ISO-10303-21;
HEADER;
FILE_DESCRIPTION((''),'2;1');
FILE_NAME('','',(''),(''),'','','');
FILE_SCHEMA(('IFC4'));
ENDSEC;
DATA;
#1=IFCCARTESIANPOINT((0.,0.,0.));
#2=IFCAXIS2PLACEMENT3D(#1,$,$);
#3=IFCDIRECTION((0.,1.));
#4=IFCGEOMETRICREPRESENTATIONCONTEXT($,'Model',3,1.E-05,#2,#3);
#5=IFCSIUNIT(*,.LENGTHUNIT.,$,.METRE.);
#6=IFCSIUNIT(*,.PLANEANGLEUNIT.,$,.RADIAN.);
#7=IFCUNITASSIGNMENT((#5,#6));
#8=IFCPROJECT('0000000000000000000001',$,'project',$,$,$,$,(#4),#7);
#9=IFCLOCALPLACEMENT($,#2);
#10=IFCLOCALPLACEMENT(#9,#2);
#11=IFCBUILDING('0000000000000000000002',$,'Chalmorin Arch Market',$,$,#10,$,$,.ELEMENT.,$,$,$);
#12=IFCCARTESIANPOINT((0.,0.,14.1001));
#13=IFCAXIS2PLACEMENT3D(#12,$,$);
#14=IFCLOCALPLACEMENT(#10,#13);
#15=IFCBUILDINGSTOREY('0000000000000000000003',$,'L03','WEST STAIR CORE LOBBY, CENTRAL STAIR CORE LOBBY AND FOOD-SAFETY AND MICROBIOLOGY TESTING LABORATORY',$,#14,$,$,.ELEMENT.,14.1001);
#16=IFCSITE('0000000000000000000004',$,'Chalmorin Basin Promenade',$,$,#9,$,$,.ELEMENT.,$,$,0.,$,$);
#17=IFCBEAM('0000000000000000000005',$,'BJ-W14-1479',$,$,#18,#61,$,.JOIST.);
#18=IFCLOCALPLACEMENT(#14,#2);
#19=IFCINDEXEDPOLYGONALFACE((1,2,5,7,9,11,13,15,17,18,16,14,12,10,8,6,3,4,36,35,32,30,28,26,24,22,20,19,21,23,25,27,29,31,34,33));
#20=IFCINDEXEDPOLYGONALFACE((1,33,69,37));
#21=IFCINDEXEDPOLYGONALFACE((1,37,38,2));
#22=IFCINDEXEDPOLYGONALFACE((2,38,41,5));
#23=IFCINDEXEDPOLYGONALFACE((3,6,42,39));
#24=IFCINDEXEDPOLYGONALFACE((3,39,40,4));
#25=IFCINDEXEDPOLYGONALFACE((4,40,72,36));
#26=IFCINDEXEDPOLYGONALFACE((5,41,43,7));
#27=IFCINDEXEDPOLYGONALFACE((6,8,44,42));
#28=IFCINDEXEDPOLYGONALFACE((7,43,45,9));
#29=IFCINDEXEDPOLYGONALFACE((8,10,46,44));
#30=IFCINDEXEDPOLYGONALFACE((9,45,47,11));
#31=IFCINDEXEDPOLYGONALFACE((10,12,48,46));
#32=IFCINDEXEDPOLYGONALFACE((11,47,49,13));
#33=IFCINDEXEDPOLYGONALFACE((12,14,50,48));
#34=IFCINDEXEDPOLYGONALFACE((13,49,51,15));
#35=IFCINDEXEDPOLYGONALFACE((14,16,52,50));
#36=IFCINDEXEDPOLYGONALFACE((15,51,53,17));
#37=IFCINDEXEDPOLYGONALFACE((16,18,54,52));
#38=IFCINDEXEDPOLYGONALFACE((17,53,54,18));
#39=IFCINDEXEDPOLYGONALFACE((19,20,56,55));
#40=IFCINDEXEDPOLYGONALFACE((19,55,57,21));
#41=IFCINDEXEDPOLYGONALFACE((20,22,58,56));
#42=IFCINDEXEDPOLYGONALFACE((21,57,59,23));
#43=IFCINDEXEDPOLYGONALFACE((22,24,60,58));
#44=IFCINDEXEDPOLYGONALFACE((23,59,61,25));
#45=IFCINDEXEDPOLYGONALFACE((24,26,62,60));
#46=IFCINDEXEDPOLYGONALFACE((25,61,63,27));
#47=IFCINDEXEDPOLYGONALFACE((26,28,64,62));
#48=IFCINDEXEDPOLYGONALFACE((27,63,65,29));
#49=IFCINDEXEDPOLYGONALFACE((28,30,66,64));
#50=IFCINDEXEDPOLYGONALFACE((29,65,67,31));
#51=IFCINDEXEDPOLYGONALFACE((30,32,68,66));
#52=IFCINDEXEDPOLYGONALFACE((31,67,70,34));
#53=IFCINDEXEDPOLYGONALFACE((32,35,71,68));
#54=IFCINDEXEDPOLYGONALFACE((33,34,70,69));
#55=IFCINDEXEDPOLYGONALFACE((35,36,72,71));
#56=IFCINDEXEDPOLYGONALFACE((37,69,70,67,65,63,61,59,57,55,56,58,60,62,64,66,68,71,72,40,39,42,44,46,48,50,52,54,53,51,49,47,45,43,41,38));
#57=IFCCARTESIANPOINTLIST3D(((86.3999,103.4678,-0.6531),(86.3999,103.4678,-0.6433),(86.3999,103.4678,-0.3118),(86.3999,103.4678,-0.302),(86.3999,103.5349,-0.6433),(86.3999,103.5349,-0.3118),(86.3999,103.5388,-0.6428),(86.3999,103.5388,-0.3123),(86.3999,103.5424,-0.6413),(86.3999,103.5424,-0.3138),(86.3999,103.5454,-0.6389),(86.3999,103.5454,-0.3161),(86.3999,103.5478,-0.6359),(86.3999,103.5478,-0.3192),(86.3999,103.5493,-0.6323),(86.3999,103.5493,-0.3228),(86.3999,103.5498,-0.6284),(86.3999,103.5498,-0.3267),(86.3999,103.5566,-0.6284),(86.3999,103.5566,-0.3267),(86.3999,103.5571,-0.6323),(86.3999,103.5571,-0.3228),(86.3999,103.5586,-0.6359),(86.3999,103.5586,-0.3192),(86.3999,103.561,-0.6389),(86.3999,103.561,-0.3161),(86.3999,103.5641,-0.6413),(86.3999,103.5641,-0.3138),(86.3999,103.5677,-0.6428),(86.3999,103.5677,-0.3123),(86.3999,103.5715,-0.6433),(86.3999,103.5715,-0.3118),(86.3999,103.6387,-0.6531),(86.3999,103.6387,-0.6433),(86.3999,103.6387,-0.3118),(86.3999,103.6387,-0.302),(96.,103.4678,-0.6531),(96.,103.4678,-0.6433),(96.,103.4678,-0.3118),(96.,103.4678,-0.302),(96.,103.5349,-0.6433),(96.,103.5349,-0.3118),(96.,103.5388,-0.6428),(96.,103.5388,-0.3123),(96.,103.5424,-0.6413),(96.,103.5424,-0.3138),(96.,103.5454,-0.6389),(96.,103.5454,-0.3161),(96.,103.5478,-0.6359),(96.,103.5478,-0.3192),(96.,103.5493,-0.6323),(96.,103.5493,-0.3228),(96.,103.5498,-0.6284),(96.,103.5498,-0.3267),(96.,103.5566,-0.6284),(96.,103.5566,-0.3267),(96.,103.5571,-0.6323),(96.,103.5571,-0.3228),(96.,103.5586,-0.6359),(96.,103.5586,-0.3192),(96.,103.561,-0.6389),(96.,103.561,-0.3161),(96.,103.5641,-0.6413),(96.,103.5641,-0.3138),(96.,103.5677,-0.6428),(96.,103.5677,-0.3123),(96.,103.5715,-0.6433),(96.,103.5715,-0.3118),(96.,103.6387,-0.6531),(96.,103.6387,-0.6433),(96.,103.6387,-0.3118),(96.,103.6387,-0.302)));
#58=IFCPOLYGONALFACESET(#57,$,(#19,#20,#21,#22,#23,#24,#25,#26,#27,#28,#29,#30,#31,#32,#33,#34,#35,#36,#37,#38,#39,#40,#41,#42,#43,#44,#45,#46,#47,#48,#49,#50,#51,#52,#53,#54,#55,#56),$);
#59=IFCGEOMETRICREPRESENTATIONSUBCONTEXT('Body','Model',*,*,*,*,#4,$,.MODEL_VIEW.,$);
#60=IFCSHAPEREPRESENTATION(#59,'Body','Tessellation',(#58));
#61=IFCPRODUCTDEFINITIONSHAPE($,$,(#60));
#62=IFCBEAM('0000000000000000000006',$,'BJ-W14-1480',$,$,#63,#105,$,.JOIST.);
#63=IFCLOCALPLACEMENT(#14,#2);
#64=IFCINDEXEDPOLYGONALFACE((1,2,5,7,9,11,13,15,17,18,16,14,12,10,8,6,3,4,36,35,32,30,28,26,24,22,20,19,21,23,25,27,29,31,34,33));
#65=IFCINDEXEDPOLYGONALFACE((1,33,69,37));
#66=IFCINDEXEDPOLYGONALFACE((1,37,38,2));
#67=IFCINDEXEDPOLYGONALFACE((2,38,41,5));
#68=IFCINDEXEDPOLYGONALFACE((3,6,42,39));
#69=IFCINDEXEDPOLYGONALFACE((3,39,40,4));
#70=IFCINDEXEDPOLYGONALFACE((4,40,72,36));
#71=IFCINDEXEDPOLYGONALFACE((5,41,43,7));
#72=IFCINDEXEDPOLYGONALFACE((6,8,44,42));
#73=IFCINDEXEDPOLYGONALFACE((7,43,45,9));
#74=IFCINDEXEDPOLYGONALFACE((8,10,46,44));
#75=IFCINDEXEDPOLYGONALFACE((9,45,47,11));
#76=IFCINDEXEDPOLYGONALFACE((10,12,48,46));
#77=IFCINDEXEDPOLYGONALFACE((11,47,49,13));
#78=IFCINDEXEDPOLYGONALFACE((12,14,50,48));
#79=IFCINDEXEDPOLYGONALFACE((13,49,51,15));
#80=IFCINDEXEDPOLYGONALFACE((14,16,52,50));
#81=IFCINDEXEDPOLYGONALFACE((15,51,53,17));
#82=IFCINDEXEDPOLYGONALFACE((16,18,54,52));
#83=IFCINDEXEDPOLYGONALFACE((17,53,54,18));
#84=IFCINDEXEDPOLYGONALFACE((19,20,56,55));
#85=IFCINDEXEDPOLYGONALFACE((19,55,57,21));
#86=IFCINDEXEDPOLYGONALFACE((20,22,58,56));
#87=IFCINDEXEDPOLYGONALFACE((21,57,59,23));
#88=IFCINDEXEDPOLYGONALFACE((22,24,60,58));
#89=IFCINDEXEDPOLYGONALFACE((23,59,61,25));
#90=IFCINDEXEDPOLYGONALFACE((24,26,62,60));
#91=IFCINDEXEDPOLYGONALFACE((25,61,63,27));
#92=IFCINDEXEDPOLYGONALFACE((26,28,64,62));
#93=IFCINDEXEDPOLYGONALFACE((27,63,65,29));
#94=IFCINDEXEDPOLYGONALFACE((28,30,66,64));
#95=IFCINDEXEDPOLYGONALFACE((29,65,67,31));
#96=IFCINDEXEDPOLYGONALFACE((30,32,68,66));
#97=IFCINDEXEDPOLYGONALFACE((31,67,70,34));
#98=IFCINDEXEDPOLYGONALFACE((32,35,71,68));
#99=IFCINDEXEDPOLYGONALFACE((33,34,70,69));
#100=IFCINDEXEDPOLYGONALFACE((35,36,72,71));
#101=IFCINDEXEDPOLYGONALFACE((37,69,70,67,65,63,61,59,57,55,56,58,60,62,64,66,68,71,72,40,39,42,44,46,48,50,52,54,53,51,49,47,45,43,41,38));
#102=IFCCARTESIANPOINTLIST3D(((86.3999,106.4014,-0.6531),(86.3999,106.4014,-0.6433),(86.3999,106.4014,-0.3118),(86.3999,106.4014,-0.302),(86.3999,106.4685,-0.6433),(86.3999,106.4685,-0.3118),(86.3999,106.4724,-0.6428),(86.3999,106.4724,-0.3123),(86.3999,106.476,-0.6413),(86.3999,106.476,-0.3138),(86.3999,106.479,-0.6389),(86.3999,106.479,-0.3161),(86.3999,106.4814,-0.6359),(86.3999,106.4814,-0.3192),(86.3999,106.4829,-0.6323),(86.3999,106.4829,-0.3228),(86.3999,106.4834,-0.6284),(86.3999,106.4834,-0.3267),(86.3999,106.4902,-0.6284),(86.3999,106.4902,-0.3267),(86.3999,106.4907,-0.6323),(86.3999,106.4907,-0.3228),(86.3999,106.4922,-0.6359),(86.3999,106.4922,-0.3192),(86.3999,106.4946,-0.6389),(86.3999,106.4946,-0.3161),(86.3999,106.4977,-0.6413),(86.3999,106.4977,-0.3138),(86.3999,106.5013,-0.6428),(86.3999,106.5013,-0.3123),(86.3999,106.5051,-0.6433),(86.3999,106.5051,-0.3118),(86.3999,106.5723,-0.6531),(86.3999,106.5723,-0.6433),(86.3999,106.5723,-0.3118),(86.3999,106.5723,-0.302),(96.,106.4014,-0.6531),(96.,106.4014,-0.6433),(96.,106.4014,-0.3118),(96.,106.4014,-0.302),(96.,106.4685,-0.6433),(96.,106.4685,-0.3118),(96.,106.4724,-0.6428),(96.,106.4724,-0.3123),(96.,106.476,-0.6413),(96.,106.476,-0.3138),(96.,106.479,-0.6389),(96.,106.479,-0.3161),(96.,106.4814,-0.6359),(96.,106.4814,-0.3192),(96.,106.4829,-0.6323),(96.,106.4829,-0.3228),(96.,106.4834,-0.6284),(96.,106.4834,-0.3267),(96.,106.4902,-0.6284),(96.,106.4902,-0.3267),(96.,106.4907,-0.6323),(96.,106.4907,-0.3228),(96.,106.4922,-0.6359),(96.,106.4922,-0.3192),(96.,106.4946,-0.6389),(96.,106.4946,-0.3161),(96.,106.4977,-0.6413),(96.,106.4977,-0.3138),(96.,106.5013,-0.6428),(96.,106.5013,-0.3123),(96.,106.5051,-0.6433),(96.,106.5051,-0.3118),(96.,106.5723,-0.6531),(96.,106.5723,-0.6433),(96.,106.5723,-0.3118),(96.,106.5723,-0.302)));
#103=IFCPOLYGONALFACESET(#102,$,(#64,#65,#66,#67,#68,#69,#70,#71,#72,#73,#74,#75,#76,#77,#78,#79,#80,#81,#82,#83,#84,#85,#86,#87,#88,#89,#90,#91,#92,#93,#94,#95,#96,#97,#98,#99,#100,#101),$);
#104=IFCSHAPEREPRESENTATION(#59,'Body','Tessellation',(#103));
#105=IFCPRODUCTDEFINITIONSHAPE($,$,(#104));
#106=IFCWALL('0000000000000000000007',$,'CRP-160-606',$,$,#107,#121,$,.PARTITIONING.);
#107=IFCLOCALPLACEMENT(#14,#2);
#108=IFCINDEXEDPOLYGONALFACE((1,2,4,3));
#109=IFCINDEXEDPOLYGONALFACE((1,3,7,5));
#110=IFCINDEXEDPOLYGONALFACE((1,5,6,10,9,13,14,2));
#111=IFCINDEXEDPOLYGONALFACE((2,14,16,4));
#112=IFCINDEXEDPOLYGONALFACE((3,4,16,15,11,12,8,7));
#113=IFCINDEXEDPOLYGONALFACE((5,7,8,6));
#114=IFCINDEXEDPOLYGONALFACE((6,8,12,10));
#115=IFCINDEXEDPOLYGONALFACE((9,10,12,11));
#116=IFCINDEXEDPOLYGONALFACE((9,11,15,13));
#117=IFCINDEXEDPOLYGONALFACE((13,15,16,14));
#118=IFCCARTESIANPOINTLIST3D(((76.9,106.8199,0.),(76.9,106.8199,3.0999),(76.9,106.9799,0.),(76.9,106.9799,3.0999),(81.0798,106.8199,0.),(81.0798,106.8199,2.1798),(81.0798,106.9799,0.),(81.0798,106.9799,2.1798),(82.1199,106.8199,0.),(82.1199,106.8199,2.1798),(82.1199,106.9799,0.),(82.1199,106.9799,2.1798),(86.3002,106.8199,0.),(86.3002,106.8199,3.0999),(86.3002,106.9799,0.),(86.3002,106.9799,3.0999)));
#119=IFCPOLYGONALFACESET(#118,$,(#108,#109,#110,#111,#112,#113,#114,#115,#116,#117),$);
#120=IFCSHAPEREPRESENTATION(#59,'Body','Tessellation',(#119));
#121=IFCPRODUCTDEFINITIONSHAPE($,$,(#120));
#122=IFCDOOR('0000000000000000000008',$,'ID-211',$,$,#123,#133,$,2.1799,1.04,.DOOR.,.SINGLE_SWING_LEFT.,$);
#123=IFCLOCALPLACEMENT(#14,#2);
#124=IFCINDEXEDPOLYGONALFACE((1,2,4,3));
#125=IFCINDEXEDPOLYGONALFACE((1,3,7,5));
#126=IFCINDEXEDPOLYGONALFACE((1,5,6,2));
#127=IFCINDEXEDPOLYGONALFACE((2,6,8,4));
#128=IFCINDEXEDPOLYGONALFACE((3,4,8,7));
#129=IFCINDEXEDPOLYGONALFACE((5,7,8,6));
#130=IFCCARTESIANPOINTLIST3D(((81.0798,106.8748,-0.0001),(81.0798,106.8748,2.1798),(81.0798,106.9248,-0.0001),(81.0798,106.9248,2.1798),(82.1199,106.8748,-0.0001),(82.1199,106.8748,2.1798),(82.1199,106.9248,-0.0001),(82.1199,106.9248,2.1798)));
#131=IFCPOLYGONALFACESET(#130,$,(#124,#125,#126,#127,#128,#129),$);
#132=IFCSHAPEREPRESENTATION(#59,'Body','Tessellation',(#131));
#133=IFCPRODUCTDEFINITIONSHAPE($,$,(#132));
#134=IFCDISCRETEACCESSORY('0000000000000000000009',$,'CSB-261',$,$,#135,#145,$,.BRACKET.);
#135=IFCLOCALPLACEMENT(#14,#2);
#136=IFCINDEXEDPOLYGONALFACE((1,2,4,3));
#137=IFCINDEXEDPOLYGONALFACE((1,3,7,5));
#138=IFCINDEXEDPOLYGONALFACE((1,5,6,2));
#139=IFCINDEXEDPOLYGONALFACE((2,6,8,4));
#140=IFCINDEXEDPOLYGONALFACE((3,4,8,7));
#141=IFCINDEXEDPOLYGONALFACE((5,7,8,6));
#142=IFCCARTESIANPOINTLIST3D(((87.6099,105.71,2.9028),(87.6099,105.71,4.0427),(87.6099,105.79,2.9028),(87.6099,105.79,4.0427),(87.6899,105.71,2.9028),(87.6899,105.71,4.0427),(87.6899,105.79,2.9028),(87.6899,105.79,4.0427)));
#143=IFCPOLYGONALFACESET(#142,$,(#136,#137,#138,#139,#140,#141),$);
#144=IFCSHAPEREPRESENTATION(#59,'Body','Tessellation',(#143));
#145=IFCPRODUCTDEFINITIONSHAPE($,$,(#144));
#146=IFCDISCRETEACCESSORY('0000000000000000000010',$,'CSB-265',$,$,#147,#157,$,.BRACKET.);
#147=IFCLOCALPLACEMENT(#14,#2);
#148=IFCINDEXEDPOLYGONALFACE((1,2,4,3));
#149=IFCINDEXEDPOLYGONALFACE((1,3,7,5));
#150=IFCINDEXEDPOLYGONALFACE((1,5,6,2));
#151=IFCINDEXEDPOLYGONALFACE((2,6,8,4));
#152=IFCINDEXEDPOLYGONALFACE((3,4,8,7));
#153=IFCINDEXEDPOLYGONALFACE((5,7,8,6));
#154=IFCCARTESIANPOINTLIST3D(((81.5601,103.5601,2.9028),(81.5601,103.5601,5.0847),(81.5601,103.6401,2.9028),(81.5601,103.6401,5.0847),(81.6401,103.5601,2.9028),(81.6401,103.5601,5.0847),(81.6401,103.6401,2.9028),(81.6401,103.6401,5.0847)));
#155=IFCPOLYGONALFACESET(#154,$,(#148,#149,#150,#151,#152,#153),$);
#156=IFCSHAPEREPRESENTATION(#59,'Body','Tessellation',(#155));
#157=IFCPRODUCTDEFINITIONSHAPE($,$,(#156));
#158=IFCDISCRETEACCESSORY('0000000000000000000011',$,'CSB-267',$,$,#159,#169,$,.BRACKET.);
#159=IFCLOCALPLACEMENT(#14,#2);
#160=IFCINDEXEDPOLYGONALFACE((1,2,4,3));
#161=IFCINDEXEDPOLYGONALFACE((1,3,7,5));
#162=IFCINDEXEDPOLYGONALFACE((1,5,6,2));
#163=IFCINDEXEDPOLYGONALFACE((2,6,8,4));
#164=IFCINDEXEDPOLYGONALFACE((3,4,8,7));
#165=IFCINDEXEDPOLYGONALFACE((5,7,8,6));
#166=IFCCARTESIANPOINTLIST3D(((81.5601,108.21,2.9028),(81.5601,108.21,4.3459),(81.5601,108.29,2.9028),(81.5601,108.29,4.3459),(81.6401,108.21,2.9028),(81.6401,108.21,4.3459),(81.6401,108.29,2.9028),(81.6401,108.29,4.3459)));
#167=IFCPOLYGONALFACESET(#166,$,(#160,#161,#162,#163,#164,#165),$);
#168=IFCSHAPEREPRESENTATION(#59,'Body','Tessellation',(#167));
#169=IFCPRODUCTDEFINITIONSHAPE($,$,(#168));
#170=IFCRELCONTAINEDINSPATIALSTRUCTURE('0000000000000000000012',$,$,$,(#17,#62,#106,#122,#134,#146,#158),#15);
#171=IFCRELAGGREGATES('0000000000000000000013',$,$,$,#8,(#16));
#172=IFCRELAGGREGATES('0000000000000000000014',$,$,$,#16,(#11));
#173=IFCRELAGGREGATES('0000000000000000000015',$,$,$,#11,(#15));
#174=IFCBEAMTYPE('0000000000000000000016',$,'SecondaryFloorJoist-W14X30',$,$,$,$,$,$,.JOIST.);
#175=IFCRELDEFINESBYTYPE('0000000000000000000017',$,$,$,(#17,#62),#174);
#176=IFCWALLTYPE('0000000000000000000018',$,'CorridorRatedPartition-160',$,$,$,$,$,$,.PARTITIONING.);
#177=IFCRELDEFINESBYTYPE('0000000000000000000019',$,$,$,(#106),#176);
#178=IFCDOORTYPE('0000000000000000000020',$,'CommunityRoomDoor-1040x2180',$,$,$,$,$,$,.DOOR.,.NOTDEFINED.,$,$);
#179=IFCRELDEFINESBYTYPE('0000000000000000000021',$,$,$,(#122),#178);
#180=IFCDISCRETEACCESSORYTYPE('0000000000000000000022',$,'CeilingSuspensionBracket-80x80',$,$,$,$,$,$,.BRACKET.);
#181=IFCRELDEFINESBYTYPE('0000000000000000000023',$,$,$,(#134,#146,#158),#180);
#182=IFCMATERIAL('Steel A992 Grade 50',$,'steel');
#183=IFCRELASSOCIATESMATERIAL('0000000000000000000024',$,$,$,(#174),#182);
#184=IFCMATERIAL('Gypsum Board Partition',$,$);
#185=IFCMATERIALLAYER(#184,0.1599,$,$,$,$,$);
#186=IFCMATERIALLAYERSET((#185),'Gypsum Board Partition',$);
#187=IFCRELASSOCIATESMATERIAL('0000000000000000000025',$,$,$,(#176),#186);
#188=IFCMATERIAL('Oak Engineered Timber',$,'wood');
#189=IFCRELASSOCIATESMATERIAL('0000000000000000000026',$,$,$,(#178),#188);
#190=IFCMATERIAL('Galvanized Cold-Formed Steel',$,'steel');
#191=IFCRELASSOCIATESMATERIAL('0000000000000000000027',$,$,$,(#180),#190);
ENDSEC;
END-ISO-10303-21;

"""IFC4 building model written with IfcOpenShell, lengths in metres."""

from ifc_helpers import new_model, si_unit, direction, frame, frame_2d, origin, origin_2d, place, context, subcontext, project, spatial, rectangle, i_section, extrude, material, layer, layer_set, material_profile, profile_set, type_object, element, fill, save


model = new_model("IFC4")

# Units and contexts
model_context = context("Model", 3, precision=1e-05, world=origin(), true_north=direction((0.0, 1.0)))
body_context = subcontext(model_context, "Body", "Model", "MODEL_VIEW")
ifc_project = project(units=[si_unit("LENGTHUNIT", "METRE"), si_unit("PLANEANGLEUNIT", "RADIAN")], contexts=[model_context])

# Site, building, storey
site_placement = place(None, origin())
site = spatial("IfcSite", under=ifc_project, at=site_placement, Name="Chalmorin Basin Promenade", CompositionType="ELEMENT", RefElevation=0.0)
building_placement = place(site_placement, origin())
building = spatial("IfcBuilding", under=site, at=building_placement, Name="Chalmorin Arch Market", CompositionType="ELEMENT")
storey_placement = place(building_placement, frame((0.0, 0.0, 14.1001)))
storey = spatial("IfcBuildingStorey", under=building, at=storey_placement, Name="L03", Description="WEST STAIR CORE LOBBY, CENTRAL STAIR CORE LOBBY AND FOOD-SAFETY AND MICROBIOLOGY TESTING LABORATORY", CompositionType="ELEMENT", Elevation=14.1001)

# Shared definitions
ifc_material_1 = material(Name="Steel A992 Grade 50", Category="steel")

# Beams
ifc_material_profile_1 = material_profile(ifc_material_1, i_section(OverallWidth=0.1709, OverallDepth=0.3511, WebThickness=0.0068, FlangeThickness=0.0098, FilletRadius=0.0149, at=origin_2d()), Name="W14X30")
ifc_profile_set_1 = profile_set([ifc_material_profile_1], Name="Steel A992 Grade 50")
beam_type_1 = type_object("IfcBeamType", Name="SecondaryFloorJoist-W14X30", PredefinedType="JOIST", material=ifc_profile_set_1)
for number, where, z_axis, x_axis, name in (
    (1, (86.3999, 103.5532, -0.4775), (1.0, 0.0, 0.0), (0.0, 1.0, 0.0), "BJ-W14-1479"),
    (2, (86.3999, 106.4868, -0.4775), (1.0, 0.0, 0.0), (0.0, 1.0, 0.0), "BJ-W14-1480"),
):
    element("IfcBeam", number, at=place(storey_placement, frame(where, z_axis=z_axis, x_axis=x_axis)), inside=storey, type_object=beam_type_1, Name=name, PredefinedType="JOIST", context=body_context, shape_type="SweptSolid", body=[
        extrude(i_section(OverallWidth=0.1709, OverallDepth=0.3511, WebThickness=0.0068, FlangeThickness=0.0098, FilletRadius=0.0149, at=origin_2d()), origin(), (0.0, 0.0, 1.0), 9.6001),
    ])

# Wall, opening, door
ifc_material_2 = material(Name="Gypsum Board Partition")
ifc_layer = layer(ifc_material_2, 0.1599)
ifc_layer_set = layer_set([ifc_layer], Name="Gypsum Board Partition")
wall_type = type_object("IfcWallType", Name="CorridorRatedPartition-160", PredefinedType="PARTITIONING", material=ifc_layer_set)
ifc_material_3 = material(Name="Oak Engineered Timber", Category="wood")
wall_1_placement = place(storey_placement, frame((76.8999, 106.8999, 0.0), z_axis=(0.0, 0.0, 1.0), x_axis=(1.0, 0.0, 0.0)))
wall_1 = element("IfcWall", 3, at=wall_1_placement, inside=storey, type_object=wall_type, Name="CRP-160-606", PredefinedType="PARTITIONING", context=body_context, shape_type="SweptSolid", body=[
    extrude(rectangle(XDim=9.4001, YDim=0.1599, at=frame_2d((4.7002, 0.0))), origin(), (0.0, 0.0, 1.0), 3.0999),
])
opening_1_placement = place(wall_1_placement, frame((4.1799, 0.0, 0.0)))
opening_1 = element("IfcOpeningElement", 4, at=opening_1_placement, cuts=wall_1, PredefinedType="OPENING", context=body_context, shape_type="SweptSolid", body=[
    extrude(rectangle(XDim=1.04, YDim=2.1799, at=frame_2d((0.52, 1.0898))), frame((0.0, 0.0898, 0.0), z_axis=(0.0, -1.0, 0.0), x_axis=(1.0, 0.0, 0.0)), (0.0, 0.0, 1.0), 0.1799),
])
door_type_1 = type_object("IfcDoorType", Name="CommunityRoomDoor-1040x2180", OperationType="NOTDEFINED", PredefinedType="DOOR", material=ifc_material_3)
door_1_placement = place(opening_1_placement, origin())
door_1 = element("IfcDoor", 5, at=door_1_placement, inside=storey, type_object=door_type_1, Name="ID-211", OperationType="SINGLE_SWING_LEFT", OverallHeight=2.1799, OverallWidth=1.04, PredefinedType="DOOR", context=body_context, shape_type="SweptSolid", body=[
    extrude(rectangle(XDim=1.04, YDim=2.1799, at=frame_2d((0.52, 1.0898))), frame((0.0, 0.0249, 0.0), z_axis=(0.0, -1.0, 0.0), x_axis=(1.0, 0.0, 0.0)), (0.0, 0.0, 1.0), 0.05),
])
fill(opening_1, door_1)

# Discrete accessories
ifc_material_4 = material(Name="Galvanized Cold-Formed Steel", Category="steel")
discrete_accessory_type = type_object("IfcDiscreteAccessoryType", Name="CeilingSuspensionBracket-80x80", PredefinedType="BRACKET", material=ifc_material_4)
discrete_accessory_1_placement = place(storey_placement, frame((87.6499, 105.75, 2.9028), z_axis=(0.0, 0.0, 1.0), x_axis=(1.0, 0.0, 0.0)))
element("IfcDiscreteAccessory", 6, at=discrete_accessory_1_placement, inside=storey, type_object=discrete_accessory_type, Name="CSB-261", PredefinedType="BRACKET", context=body_context, shape_type="SweptSolid", body=[
    extrude(rectangle(XDim=0.0801, YDim=0.0801, at=origin_2d()), origin(), (0.0, 0.0, 1.0), 1.1399),
])
discrete_accessory_2_placement = place(storey_placement, frame((81.6001, 103.6001, 2.9028), z_axis=(0.0, 0.0, 1.0), x_axis=(1.0, 0.0, 0.0)))
element("IfcDiscreteAccessory", 7, at=discrete_accessory_2_placement, inside=storey, type_object=discrete_accessory_type, Name="CSB-265", PredefinedType="BRACKET", context=body_context, shape_type="SweptSolid", body=[
    extrude(rectangle(XDim=0.0801, YDim=0.0801, at=origin_2d()), origin(), (0.0, 0.0, 1.0), 2.1819),
])
discrete_accessory_3_placement = place(storey_placement, frame((81.6001, 108.25, 2.9028), z_axis=(0.0, 0.0, 1.0), x_axis=(1.0, 0.0, 0.0)))
element("IfcDiscreteAccessory", 8, at=discrete_accessory_3_placement, inside=storey, type_object=discrete_accessory_type, Name="CSB-267", PredefinedType="BRACKET", context=body_context, shape_type="SweptSolid", body=[
    extrude(rectangle(XDim=0.0801, YDim=0.0801, at=origin_2d()), origin(), (0.0, 0.0, 1.0), 1.4431),
])

save(model, "model.ifc")
